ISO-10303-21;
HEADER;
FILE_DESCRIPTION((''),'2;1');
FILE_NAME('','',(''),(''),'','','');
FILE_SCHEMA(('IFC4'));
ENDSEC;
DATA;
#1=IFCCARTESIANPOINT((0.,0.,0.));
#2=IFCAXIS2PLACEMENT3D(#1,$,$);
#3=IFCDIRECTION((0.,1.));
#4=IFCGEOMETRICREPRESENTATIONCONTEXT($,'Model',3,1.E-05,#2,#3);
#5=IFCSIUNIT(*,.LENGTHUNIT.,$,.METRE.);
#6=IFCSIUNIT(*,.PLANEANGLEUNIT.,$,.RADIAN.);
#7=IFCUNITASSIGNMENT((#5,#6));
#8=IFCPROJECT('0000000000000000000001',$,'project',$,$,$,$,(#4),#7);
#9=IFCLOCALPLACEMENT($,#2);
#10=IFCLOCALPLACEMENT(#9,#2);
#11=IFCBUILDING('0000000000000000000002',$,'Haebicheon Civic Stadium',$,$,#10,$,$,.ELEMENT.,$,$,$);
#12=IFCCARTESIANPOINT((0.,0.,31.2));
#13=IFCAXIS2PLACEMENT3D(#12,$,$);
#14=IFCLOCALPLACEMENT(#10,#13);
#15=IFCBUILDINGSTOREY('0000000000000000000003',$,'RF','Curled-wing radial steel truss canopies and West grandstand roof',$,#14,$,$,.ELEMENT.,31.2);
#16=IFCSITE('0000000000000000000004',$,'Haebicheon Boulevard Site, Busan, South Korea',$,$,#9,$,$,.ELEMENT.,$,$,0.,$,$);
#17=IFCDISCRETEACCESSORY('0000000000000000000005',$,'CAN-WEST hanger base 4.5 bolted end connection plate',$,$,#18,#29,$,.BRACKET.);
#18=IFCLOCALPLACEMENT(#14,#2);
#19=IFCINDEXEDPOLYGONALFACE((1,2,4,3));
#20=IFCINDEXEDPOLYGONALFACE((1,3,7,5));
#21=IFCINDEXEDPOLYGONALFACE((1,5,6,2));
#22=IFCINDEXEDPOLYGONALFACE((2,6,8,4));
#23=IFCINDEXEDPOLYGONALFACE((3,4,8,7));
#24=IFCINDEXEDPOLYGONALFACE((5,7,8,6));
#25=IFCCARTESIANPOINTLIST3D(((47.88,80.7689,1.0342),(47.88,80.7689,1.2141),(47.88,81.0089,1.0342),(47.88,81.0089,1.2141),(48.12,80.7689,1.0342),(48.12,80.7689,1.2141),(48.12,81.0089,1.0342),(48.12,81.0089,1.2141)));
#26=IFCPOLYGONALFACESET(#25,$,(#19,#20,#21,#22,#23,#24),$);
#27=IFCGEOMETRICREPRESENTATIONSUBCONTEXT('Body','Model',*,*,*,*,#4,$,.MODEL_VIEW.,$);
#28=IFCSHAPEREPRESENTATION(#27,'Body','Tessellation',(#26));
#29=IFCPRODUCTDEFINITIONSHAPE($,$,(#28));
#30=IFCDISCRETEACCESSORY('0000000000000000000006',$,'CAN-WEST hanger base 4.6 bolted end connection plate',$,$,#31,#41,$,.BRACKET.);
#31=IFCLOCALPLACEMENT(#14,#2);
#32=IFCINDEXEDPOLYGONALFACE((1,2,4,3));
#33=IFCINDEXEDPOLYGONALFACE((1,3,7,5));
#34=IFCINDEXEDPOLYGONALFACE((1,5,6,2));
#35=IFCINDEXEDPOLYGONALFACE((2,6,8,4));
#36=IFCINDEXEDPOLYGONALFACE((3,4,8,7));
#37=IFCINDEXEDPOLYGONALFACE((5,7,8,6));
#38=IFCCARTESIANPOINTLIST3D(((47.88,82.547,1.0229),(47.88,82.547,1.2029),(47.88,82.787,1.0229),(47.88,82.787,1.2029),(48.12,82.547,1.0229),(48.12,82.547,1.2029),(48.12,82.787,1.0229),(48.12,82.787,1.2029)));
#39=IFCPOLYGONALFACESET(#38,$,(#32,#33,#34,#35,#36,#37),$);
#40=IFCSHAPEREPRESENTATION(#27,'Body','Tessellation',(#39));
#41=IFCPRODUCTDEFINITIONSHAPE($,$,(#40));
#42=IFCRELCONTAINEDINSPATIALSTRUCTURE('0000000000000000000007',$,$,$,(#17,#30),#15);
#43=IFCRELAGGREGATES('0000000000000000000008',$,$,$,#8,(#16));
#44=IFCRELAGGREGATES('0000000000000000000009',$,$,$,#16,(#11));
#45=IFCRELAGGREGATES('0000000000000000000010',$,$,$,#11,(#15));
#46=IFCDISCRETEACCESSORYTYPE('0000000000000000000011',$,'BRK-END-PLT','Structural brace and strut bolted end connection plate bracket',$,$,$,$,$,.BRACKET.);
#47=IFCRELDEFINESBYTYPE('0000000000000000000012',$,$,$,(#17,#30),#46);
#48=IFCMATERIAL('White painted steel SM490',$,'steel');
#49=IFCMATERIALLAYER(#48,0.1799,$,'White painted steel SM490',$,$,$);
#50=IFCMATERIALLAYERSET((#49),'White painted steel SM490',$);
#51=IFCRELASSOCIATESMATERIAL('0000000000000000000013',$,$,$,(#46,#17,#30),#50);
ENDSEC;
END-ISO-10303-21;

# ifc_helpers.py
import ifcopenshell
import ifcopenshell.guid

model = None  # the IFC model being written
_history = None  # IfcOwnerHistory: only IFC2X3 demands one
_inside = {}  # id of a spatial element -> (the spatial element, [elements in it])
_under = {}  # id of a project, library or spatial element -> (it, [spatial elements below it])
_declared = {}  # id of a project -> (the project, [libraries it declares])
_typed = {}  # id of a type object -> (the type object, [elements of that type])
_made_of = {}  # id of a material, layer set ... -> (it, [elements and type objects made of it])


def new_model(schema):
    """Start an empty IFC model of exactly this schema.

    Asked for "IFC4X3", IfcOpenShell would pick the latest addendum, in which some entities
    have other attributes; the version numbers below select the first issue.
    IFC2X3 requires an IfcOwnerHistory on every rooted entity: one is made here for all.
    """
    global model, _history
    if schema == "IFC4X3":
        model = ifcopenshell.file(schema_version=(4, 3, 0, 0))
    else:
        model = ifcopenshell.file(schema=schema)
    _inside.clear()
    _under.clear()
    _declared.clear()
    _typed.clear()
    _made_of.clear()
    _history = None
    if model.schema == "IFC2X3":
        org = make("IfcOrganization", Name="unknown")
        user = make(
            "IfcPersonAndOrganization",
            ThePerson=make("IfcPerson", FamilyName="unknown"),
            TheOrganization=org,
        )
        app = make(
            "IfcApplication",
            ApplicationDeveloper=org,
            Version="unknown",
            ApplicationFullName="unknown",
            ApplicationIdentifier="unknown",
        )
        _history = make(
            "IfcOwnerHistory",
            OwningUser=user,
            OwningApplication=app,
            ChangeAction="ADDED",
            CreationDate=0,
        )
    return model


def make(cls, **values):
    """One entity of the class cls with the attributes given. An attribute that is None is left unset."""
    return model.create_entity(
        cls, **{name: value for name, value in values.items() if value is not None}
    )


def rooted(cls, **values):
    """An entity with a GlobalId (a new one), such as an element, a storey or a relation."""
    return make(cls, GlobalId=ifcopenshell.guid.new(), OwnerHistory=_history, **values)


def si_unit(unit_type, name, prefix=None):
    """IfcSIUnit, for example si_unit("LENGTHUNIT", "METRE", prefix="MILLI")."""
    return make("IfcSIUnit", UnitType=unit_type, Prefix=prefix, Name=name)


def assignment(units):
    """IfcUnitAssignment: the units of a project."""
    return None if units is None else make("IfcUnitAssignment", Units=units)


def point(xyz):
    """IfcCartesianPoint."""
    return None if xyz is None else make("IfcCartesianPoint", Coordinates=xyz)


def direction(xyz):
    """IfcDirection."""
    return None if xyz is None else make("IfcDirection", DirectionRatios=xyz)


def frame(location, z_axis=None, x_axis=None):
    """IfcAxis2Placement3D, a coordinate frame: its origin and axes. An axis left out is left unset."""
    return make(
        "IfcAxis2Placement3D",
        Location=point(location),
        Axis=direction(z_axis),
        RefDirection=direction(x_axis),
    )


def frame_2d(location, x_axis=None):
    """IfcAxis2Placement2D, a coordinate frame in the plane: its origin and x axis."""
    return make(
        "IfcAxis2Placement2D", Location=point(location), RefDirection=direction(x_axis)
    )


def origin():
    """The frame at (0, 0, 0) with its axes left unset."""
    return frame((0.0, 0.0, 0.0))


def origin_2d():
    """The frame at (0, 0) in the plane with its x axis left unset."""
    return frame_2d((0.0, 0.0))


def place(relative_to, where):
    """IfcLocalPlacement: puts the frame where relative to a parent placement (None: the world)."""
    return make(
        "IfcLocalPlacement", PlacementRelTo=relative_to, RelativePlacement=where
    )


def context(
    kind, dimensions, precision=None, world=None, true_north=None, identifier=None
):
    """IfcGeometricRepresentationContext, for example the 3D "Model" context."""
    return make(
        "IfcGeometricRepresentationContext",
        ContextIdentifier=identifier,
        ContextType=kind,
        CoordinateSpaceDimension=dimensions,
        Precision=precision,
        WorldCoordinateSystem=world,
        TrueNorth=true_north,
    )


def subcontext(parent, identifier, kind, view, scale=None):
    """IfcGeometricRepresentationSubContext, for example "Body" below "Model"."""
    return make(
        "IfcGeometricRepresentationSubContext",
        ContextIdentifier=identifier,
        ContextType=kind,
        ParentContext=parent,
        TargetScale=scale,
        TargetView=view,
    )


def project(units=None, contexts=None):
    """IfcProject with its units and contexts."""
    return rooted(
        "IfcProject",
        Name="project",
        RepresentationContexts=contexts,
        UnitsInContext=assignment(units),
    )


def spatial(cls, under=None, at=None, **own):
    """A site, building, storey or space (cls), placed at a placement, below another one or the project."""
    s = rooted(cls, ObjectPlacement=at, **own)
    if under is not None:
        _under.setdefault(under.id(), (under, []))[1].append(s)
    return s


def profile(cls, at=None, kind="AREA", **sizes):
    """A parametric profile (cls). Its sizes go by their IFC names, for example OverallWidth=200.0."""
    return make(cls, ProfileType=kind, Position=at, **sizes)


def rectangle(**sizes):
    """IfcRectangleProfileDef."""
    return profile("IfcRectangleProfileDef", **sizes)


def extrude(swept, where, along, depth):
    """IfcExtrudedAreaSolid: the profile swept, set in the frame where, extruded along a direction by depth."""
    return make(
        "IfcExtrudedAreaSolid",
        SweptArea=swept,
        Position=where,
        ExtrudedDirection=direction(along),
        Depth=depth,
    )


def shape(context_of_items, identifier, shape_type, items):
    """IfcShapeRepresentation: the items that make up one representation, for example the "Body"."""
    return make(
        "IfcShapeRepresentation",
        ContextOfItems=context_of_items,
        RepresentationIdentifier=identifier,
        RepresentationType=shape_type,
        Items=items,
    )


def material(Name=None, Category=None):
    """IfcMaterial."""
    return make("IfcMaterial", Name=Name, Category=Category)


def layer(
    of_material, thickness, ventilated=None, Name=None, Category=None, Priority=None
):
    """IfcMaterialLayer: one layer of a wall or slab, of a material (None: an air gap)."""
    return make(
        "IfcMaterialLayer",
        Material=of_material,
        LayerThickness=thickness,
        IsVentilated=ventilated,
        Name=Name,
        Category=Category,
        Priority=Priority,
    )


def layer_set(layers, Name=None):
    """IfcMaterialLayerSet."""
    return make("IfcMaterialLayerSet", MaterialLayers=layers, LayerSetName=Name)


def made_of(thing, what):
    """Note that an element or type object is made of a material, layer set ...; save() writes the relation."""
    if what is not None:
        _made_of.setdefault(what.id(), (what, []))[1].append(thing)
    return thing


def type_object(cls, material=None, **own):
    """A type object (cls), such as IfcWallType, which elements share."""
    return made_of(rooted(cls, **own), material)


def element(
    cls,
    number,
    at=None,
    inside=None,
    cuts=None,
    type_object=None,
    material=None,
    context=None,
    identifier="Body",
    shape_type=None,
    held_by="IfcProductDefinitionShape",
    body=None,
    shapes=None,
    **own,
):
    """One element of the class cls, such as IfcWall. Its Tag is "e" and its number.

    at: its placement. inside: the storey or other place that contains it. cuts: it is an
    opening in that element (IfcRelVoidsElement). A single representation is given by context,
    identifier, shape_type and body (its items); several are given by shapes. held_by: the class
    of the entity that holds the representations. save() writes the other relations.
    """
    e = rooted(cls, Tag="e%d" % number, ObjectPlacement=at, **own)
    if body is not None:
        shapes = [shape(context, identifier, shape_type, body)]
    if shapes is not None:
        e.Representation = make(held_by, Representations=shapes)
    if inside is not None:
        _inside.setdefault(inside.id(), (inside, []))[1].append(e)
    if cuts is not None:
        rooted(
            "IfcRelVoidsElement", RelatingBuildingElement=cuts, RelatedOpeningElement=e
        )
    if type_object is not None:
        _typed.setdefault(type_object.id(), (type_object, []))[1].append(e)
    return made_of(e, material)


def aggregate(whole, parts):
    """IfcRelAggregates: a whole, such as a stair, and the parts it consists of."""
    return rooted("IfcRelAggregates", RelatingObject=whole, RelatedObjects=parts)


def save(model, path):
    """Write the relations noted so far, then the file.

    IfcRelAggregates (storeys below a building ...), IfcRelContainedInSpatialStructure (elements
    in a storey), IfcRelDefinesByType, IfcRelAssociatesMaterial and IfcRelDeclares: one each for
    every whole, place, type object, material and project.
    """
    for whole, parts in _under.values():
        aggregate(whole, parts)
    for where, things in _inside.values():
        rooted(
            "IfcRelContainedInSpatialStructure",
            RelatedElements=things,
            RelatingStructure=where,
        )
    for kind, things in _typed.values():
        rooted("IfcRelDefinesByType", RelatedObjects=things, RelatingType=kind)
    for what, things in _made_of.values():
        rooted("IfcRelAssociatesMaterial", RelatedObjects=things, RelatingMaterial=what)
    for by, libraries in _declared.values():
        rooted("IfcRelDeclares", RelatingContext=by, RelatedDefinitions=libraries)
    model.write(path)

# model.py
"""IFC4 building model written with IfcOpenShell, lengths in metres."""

from ifc_helpers import new_model, si_unit, direction, frame, origin, origin_2d, place, context, subcontext, project, spatial, rectangle, extrude, material, layer, layer_set, type_object, element, save


model = new_model("IFC4")

# Units and contexts
model_context = context("Model", 3, precision=1e-05, world=origin(), true_north=direction((0.0, 1.0)))
body_context = subcontext(model_context, "Body", "Model", "MODEL_VIEW")
ifc_project = project(units=[si_unit("LENGTHUNIT", "METRE"), si_unit("PLANEANGLEUNIT", "RADIAN")], contexts=[model_context])

# Site, building, storey
site_placement = place(None, origin())
site = spatial("IfcSite", under=ifc_project, at=site_placement, Name="Haebicheon Boulevard Site, Busan, South Korea", CompositionType="ELEMENT", RefElevation=0.0)
building_placement = place(site_placement, origin())
building = spatial("IfcBuilding", under=site, at=building_placement, Name="Haebicheon Civic Stadium", CompositionType="ELEMENT")
storey_placement = place(building_placement, frame((0.0, 0.0, 31.2)))
storey = spatial("IfcBuildingStorey", under=building, at=storey_placement, Name="RF", Description="Curled-wing radial steel truss canopies and West grandstand roof", CompositionType="ELEMENT", Elevation=31.2)

# Discrete accessories
ifc_material_1 = material(Name="White painted steel SM490", Category="steel")
ifc_layer_1 = layer(ifc_material_1, 0.1799, Name="White painted steel SM490")
ifc_layer_set_1 = layer_set([ifc_layer_1], Name="White painted steel SM490")
discrete_accessory_type = type_object("IfcDiscreteAccessoryType", Name="BRK-END-PLT", Description="Structural brace and strut bolted end connection plate bracket", PredefinedType="BRACKET", material=ifc_layer_set_1)
for number, where, z_axis, x_axis, name in (
    (1, (48.0, 80.8889, 1.0342), (0.0, 0.0, 1.0), (1.0, 0.0, 0.0), "CAN-WEST hanger base 4.5 bolted end connection plate"),
    (2, (48.0, 82.667, 1.0229), (0.0, 0.0, 1.0), (1.0, 0.0, 0.0), "CAN-WEST hanger base 4.6 bolted end connection plate"),
):
    element("IfcDiscreteAccessory", number, at=place(storey_placement, frame(where, z_axis=z_axis, x_axis=x_axis)), inside=storey, type_object=discrete_accessory_type, material=ifc_layer_set_1, Name=name, PredefinedType="BRACKET", context=body_context, shape_type="SweptSolid", body=[
        extrude(rectangle(XDim=0.24, YDim=0.24, at=origin_2d()), origin(), (0.0, 0.0, 1.0), 0.1799),
    ])

save(model, "model.ifc")
